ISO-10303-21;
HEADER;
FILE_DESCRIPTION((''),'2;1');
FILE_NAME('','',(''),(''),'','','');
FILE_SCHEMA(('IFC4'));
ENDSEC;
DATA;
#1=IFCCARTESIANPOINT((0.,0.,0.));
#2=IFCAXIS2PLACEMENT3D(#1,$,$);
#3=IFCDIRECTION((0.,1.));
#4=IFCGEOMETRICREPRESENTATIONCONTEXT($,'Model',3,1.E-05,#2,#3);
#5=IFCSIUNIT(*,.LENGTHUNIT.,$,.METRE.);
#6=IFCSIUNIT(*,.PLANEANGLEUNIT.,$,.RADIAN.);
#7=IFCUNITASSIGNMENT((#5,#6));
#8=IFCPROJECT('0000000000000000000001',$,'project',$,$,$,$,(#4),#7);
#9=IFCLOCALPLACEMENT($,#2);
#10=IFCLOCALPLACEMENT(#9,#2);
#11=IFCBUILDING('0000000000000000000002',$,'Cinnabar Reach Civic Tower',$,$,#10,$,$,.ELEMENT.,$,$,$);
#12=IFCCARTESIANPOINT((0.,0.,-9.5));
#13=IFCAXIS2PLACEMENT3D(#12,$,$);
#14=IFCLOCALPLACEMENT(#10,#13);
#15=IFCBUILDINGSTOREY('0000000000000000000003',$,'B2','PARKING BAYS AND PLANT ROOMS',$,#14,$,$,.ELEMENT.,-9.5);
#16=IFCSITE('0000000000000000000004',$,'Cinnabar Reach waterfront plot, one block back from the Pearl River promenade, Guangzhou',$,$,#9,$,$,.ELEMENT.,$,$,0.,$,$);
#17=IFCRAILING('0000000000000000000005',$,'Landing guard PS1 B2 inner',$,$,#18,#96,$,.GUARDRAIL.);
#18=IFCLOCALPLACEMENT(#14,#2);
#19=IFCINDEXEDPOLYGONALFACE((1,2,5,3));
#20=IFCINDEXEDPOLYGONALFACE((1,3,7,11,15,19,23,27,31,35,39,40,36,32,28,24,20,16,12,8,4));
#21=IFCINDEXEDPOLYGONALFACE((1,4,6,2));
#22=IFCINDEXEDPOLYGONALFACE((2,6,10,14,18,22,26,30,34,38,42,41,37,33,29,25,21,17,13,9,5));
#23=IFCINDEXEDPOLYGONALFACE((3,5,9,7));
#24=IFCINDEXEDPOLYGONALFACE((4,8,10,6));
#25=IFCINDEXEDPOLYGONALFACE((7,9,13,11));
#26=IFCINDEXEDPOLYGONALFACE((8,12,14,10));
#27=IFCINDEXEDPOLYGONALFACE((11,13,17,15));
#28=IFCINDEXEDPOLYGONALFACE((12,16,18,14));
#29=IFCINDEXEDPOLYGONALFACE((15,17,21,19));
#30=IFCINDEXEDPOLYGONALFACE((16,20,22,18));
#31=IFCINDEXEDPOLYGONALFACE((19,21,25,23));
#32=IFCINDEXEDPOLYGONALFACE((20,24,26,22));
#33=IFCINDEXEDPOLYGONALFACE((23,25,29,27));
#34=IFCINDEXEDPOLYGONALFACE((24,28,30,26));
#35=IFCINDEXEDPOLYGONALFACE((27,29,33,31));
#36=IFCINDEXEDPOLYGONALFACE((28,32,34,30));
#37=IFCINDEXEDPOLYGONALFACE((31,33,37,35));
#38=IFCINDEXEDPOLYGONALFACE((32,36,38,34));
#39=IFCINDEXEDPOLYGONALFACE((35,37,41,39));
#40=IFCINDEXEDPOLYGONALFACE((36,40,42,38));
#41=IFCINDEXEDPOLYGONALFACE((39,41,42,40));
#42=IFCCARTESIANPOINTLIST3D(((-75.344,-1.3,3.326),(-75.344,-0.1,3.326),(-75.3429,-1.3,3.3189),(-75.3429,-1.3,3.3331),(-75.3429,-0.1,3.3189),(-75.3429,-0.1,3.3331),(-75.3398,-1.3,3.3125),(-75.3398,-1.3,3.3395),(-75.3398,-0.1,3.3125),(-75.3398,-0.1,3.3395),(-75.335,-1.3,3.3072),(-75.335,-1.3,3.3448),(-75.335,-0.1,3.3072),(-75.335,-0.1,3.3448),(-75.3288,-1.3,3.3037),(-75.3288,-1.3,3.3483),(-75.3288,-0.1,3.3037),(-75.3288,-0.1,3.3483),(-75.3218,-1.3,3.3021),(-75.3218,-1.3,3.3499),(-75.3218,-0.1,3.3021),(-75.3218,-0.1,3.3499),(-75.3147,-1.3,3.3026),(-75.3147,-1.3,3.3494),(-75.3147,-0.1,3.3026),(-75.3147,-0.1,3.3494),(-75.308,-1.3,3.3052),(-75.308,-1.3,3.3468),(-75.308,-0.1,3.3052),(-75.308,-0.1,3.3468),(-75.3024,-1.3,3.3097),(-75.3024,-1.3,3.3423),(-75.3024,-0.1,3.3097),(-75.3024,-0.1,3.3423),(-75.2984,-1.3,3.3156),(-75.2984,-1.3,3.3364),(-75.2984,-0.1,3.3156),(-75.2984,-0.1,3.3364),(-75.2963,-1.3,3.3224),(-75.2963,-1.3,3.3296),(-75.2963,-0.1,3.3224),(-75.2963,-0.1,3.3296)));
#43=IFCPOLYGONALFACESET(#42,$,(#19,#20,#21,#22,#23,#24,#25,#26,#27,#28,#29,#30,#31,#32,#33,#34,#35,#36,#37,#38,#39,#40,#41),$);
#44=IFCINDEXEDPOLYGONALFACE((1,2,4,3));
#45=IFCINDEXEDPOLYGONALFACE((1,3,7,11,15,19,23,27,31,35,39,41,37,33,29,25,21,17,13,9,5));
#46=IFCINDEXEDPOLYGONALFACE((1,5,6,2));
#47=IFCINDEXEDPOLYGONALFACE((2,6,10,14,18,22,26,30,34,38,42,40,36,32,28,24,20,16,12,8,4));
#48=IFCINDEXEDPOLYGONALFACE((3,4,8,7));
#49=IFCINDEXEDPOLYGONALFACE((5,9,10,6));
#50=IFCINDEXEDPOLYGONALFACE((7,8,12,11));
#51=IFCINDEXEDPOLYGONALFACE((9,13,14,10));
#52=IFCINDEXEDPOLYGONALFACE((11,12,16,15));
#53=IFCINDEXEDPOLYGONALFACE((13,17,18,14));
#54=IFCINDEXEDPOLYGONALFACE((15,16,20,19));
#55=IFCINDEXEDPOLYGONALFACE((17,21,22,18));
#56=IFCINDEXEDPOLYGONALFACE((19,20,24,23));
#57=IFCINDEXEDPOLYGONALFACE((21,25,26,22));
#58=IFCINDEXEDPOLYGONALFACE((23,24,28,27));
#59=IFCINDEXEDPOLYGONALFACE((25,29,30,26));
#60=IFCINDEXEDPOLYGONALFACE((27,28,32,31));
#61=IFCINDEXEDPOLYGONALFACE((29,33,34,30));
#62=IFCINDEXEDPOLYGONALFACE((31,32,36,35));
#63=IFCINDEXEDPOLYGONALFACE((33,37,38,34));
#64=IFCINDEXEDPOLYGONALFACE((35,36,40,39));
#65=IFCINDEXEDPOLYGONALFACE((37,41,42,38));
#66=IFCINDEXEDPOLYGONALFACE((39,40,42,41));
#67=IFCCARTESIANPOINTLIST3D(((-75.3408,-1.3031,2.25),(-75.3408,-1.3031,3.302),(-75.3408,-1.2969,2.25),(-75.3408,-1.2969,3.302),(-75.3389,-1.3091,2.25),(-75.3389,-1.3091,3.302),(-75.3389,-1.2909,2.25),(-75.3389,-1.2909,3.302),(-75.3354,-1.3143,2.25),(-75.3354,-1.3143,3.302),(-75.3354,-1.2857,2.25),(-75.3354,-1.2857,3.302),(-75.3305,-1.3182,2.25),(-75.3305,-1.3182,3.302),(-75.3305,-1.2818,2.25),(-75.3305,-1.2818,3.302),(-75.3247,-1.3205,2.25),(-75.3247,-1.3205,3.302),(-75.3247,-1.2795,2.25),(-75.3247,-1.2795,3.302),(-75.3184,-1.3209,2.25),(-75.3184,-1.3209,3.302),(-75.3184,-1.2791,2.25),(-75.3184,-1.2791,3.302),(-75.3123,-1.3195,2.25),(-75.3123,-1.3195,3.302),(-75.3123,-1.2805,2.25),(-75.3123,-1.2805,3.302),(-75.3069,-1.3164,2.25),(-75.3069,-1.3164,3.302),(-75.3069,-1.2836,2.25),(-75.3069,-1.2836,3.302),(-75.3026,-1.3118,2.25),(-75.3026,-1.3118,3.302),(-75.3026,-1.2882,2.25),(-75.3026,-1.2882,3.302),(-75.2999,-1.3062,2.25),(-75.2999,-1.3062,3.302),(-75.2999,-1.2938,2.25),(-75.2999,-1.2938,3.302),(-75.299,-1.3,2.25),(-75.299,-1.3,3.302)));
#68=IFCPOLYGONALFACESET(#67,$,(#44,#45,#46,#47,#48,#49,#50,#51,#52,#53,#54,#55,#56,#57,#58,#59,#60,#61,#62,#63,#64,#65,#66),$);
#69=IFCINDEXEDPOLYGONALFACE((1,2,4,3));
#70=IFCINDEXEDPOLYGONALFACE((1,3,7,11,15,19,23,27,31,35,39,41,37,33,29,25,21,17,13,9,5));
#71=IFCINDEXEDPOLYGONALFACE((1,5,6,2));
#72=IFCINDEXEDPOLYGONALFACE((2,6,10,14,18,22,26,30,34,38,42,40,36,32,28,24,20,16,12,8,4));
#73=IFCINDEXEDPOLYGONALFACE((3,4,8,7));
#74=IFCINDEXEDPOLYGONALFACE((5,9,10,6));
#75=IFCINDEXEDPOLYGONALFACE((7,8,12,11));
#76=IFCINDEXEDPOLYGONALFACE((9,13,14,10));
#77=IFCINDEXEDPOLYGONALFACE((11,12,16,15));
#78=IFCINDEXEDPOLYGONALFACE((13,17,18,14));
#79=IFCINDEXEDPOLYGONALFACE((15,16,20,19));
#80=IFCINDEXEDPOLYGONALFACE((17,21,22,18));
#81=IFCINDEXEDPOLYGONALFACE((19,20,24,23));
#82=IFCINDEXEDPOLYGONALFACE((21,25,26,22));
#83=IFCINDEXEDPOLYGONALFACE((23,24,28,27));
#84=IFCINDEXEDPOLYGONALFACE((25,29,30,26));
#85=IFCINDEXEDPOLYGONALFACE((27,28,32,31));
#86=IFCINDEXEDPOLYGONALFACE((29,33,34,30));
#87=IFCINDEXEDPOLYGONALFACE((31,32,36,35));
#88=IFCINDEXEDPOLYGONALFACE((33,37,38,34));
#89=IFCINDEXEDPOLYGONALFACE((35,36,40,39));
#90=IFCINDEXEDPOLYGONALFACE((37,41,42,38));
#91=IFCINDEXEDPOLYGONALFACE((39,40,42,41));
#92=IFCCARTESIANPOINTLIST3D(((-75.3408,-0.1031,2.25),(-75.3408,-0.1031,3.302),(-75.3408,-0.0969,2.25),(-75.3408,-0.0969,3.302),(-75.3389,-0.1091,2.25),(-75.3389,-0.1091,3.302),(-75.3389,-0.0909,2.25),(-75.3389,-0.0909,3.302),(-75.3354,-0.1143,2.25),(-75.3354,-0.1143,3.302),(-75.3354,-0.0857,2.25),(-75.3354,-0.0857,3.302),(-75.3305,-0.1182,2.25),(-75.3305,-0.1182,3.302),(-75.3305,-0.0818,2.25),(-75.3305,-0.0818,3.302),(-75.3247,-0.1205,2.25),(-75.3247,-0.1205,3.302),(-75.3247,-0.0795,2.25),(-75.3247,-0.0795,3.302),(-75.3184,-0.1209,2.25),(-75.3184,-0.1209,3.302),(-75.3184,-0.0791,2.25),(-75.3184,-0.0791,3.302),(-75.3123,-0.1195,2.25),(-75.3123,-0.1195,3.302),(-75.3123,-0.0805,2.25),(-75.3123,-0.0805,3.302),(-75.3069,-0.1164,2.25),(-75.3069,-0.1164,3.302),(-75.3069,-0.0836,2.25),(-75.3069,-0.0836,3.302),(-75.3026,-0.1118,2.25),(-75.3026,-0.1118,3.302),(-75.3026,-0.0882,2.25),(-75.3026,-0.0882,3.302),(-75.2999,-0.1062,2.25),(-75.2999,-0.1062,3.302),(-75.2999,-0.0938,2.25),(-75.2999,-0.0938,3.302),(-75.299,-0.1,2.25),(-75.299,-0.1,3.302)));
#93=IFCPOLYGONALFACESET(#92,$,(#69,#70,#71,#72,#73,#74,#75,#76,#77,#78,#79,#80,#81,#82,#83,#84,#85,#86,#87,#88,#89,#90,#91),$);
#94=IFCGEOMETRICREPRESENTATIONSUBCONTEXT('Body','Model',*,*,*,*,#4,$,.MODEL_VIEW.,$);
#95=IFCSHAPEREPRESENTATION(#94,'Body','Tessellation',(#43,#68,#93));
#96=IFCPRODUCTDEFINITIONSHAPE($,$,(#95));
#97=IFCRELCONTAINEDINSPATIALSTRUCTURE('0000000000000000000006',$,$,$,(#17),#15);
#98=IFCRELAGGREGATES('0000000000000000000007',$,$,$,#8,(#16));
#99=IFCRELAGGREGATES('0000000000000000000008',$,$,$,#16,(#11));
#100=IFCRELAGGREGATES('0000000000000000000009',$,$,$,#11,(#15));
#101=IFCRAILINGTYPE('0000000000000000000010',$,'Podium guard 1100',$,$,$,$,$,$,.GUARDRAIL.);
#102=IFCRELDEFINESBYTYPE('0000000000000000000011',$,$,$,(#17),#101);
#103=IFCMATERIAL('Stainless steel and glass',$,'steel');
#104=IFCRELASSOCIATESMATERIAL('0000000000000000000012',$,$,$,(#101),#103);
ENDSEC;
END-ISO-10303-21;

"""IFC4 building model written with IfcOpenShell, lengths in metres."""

from ifc_helpers import new_model, si_unit, direction, frame, origin, origin_2d, place, context, subcontext, project, spatial, circle, extrude, material, type_object, element, save


model = new_model("IFC4")

# Units and contexts
model_context = context("Model", 3, precision=1e-05, world=origin(), true_north=direction((0.0, 1.0)))
body_context = subcontext(model_context, "Body", "Model", "MODEL_VIEW")
ifc_project = project(units=[si_unit("LENGTHUNIT", "METRE"), si_unit("PLANEANGLEUNIT", "RADIAN")], contexts=[model_context])

# Site, building, storey
site_placement = place(None, origin())
site = spatial("IfcSite", under=ifc_project, at=site_placement, Name="Cinnabar Reach waterfront plot, one block back from the Pearl River promenade, Guangzhou", CompositionType="ELEMENT", RefElevation=0.0)
building_placement = place(site_placement, origin())
building = spatial("IfcBuilding", under=site, at=building_placement, Name="Cinnabar Reach Civic Tower", CompositionType="ELEMENT")
storey_placement = place(building_placement, frame((0.0, 0.0, -9.5)))
storey = spatial("IfcBuildingStorey", under=building, at=storey_placement, Name="B2", Description="PARKING BAYS AND PLANT ROOMS", CompositionType="ELEMENT", Elevation=-9.5)

# Railing
ifc_material_1 = material(Name="Stainless steel and glass", Category="steel")
railing_type_1 = type_object("IfcRailingType", Name="Podium guard 1100", PredefinedType="GUARDRAIL", material=ifc_material_1)
railing_1_placement = place(storey_placement, frame((-75.32, -1.3, 2.25)))
element("IfcRailing", 1, at=railing_1_placement, inside=storey, type_object=railing_type_1, Name="Landing guard PS1 B2 inner", PredefinedType="GUARDRAIL", context=body_context, shape_type="SweptSolid", body=[
    extrude(circle(Radius=0.024, at=origin_2d()), frame((0.0, 0.0, 1.076), z_axis=(0.0, 1.0, 0.0), x_axis=(-1.0, 0.0, 0.0)), (0.0, 0.0, 1.0), 1.2),
    extrude(circle(Radius=0.021, at=origin_2d()), origin(), (0.0, 0.0, 1.0), 1.052),
    extrude(circle(Radius=0.021, at=origin_2d()), frame((0.0, 1.2, 0.0)), (0.0, 0.0, 1.0), 1.052),
])

save(model, "model.ifc")
